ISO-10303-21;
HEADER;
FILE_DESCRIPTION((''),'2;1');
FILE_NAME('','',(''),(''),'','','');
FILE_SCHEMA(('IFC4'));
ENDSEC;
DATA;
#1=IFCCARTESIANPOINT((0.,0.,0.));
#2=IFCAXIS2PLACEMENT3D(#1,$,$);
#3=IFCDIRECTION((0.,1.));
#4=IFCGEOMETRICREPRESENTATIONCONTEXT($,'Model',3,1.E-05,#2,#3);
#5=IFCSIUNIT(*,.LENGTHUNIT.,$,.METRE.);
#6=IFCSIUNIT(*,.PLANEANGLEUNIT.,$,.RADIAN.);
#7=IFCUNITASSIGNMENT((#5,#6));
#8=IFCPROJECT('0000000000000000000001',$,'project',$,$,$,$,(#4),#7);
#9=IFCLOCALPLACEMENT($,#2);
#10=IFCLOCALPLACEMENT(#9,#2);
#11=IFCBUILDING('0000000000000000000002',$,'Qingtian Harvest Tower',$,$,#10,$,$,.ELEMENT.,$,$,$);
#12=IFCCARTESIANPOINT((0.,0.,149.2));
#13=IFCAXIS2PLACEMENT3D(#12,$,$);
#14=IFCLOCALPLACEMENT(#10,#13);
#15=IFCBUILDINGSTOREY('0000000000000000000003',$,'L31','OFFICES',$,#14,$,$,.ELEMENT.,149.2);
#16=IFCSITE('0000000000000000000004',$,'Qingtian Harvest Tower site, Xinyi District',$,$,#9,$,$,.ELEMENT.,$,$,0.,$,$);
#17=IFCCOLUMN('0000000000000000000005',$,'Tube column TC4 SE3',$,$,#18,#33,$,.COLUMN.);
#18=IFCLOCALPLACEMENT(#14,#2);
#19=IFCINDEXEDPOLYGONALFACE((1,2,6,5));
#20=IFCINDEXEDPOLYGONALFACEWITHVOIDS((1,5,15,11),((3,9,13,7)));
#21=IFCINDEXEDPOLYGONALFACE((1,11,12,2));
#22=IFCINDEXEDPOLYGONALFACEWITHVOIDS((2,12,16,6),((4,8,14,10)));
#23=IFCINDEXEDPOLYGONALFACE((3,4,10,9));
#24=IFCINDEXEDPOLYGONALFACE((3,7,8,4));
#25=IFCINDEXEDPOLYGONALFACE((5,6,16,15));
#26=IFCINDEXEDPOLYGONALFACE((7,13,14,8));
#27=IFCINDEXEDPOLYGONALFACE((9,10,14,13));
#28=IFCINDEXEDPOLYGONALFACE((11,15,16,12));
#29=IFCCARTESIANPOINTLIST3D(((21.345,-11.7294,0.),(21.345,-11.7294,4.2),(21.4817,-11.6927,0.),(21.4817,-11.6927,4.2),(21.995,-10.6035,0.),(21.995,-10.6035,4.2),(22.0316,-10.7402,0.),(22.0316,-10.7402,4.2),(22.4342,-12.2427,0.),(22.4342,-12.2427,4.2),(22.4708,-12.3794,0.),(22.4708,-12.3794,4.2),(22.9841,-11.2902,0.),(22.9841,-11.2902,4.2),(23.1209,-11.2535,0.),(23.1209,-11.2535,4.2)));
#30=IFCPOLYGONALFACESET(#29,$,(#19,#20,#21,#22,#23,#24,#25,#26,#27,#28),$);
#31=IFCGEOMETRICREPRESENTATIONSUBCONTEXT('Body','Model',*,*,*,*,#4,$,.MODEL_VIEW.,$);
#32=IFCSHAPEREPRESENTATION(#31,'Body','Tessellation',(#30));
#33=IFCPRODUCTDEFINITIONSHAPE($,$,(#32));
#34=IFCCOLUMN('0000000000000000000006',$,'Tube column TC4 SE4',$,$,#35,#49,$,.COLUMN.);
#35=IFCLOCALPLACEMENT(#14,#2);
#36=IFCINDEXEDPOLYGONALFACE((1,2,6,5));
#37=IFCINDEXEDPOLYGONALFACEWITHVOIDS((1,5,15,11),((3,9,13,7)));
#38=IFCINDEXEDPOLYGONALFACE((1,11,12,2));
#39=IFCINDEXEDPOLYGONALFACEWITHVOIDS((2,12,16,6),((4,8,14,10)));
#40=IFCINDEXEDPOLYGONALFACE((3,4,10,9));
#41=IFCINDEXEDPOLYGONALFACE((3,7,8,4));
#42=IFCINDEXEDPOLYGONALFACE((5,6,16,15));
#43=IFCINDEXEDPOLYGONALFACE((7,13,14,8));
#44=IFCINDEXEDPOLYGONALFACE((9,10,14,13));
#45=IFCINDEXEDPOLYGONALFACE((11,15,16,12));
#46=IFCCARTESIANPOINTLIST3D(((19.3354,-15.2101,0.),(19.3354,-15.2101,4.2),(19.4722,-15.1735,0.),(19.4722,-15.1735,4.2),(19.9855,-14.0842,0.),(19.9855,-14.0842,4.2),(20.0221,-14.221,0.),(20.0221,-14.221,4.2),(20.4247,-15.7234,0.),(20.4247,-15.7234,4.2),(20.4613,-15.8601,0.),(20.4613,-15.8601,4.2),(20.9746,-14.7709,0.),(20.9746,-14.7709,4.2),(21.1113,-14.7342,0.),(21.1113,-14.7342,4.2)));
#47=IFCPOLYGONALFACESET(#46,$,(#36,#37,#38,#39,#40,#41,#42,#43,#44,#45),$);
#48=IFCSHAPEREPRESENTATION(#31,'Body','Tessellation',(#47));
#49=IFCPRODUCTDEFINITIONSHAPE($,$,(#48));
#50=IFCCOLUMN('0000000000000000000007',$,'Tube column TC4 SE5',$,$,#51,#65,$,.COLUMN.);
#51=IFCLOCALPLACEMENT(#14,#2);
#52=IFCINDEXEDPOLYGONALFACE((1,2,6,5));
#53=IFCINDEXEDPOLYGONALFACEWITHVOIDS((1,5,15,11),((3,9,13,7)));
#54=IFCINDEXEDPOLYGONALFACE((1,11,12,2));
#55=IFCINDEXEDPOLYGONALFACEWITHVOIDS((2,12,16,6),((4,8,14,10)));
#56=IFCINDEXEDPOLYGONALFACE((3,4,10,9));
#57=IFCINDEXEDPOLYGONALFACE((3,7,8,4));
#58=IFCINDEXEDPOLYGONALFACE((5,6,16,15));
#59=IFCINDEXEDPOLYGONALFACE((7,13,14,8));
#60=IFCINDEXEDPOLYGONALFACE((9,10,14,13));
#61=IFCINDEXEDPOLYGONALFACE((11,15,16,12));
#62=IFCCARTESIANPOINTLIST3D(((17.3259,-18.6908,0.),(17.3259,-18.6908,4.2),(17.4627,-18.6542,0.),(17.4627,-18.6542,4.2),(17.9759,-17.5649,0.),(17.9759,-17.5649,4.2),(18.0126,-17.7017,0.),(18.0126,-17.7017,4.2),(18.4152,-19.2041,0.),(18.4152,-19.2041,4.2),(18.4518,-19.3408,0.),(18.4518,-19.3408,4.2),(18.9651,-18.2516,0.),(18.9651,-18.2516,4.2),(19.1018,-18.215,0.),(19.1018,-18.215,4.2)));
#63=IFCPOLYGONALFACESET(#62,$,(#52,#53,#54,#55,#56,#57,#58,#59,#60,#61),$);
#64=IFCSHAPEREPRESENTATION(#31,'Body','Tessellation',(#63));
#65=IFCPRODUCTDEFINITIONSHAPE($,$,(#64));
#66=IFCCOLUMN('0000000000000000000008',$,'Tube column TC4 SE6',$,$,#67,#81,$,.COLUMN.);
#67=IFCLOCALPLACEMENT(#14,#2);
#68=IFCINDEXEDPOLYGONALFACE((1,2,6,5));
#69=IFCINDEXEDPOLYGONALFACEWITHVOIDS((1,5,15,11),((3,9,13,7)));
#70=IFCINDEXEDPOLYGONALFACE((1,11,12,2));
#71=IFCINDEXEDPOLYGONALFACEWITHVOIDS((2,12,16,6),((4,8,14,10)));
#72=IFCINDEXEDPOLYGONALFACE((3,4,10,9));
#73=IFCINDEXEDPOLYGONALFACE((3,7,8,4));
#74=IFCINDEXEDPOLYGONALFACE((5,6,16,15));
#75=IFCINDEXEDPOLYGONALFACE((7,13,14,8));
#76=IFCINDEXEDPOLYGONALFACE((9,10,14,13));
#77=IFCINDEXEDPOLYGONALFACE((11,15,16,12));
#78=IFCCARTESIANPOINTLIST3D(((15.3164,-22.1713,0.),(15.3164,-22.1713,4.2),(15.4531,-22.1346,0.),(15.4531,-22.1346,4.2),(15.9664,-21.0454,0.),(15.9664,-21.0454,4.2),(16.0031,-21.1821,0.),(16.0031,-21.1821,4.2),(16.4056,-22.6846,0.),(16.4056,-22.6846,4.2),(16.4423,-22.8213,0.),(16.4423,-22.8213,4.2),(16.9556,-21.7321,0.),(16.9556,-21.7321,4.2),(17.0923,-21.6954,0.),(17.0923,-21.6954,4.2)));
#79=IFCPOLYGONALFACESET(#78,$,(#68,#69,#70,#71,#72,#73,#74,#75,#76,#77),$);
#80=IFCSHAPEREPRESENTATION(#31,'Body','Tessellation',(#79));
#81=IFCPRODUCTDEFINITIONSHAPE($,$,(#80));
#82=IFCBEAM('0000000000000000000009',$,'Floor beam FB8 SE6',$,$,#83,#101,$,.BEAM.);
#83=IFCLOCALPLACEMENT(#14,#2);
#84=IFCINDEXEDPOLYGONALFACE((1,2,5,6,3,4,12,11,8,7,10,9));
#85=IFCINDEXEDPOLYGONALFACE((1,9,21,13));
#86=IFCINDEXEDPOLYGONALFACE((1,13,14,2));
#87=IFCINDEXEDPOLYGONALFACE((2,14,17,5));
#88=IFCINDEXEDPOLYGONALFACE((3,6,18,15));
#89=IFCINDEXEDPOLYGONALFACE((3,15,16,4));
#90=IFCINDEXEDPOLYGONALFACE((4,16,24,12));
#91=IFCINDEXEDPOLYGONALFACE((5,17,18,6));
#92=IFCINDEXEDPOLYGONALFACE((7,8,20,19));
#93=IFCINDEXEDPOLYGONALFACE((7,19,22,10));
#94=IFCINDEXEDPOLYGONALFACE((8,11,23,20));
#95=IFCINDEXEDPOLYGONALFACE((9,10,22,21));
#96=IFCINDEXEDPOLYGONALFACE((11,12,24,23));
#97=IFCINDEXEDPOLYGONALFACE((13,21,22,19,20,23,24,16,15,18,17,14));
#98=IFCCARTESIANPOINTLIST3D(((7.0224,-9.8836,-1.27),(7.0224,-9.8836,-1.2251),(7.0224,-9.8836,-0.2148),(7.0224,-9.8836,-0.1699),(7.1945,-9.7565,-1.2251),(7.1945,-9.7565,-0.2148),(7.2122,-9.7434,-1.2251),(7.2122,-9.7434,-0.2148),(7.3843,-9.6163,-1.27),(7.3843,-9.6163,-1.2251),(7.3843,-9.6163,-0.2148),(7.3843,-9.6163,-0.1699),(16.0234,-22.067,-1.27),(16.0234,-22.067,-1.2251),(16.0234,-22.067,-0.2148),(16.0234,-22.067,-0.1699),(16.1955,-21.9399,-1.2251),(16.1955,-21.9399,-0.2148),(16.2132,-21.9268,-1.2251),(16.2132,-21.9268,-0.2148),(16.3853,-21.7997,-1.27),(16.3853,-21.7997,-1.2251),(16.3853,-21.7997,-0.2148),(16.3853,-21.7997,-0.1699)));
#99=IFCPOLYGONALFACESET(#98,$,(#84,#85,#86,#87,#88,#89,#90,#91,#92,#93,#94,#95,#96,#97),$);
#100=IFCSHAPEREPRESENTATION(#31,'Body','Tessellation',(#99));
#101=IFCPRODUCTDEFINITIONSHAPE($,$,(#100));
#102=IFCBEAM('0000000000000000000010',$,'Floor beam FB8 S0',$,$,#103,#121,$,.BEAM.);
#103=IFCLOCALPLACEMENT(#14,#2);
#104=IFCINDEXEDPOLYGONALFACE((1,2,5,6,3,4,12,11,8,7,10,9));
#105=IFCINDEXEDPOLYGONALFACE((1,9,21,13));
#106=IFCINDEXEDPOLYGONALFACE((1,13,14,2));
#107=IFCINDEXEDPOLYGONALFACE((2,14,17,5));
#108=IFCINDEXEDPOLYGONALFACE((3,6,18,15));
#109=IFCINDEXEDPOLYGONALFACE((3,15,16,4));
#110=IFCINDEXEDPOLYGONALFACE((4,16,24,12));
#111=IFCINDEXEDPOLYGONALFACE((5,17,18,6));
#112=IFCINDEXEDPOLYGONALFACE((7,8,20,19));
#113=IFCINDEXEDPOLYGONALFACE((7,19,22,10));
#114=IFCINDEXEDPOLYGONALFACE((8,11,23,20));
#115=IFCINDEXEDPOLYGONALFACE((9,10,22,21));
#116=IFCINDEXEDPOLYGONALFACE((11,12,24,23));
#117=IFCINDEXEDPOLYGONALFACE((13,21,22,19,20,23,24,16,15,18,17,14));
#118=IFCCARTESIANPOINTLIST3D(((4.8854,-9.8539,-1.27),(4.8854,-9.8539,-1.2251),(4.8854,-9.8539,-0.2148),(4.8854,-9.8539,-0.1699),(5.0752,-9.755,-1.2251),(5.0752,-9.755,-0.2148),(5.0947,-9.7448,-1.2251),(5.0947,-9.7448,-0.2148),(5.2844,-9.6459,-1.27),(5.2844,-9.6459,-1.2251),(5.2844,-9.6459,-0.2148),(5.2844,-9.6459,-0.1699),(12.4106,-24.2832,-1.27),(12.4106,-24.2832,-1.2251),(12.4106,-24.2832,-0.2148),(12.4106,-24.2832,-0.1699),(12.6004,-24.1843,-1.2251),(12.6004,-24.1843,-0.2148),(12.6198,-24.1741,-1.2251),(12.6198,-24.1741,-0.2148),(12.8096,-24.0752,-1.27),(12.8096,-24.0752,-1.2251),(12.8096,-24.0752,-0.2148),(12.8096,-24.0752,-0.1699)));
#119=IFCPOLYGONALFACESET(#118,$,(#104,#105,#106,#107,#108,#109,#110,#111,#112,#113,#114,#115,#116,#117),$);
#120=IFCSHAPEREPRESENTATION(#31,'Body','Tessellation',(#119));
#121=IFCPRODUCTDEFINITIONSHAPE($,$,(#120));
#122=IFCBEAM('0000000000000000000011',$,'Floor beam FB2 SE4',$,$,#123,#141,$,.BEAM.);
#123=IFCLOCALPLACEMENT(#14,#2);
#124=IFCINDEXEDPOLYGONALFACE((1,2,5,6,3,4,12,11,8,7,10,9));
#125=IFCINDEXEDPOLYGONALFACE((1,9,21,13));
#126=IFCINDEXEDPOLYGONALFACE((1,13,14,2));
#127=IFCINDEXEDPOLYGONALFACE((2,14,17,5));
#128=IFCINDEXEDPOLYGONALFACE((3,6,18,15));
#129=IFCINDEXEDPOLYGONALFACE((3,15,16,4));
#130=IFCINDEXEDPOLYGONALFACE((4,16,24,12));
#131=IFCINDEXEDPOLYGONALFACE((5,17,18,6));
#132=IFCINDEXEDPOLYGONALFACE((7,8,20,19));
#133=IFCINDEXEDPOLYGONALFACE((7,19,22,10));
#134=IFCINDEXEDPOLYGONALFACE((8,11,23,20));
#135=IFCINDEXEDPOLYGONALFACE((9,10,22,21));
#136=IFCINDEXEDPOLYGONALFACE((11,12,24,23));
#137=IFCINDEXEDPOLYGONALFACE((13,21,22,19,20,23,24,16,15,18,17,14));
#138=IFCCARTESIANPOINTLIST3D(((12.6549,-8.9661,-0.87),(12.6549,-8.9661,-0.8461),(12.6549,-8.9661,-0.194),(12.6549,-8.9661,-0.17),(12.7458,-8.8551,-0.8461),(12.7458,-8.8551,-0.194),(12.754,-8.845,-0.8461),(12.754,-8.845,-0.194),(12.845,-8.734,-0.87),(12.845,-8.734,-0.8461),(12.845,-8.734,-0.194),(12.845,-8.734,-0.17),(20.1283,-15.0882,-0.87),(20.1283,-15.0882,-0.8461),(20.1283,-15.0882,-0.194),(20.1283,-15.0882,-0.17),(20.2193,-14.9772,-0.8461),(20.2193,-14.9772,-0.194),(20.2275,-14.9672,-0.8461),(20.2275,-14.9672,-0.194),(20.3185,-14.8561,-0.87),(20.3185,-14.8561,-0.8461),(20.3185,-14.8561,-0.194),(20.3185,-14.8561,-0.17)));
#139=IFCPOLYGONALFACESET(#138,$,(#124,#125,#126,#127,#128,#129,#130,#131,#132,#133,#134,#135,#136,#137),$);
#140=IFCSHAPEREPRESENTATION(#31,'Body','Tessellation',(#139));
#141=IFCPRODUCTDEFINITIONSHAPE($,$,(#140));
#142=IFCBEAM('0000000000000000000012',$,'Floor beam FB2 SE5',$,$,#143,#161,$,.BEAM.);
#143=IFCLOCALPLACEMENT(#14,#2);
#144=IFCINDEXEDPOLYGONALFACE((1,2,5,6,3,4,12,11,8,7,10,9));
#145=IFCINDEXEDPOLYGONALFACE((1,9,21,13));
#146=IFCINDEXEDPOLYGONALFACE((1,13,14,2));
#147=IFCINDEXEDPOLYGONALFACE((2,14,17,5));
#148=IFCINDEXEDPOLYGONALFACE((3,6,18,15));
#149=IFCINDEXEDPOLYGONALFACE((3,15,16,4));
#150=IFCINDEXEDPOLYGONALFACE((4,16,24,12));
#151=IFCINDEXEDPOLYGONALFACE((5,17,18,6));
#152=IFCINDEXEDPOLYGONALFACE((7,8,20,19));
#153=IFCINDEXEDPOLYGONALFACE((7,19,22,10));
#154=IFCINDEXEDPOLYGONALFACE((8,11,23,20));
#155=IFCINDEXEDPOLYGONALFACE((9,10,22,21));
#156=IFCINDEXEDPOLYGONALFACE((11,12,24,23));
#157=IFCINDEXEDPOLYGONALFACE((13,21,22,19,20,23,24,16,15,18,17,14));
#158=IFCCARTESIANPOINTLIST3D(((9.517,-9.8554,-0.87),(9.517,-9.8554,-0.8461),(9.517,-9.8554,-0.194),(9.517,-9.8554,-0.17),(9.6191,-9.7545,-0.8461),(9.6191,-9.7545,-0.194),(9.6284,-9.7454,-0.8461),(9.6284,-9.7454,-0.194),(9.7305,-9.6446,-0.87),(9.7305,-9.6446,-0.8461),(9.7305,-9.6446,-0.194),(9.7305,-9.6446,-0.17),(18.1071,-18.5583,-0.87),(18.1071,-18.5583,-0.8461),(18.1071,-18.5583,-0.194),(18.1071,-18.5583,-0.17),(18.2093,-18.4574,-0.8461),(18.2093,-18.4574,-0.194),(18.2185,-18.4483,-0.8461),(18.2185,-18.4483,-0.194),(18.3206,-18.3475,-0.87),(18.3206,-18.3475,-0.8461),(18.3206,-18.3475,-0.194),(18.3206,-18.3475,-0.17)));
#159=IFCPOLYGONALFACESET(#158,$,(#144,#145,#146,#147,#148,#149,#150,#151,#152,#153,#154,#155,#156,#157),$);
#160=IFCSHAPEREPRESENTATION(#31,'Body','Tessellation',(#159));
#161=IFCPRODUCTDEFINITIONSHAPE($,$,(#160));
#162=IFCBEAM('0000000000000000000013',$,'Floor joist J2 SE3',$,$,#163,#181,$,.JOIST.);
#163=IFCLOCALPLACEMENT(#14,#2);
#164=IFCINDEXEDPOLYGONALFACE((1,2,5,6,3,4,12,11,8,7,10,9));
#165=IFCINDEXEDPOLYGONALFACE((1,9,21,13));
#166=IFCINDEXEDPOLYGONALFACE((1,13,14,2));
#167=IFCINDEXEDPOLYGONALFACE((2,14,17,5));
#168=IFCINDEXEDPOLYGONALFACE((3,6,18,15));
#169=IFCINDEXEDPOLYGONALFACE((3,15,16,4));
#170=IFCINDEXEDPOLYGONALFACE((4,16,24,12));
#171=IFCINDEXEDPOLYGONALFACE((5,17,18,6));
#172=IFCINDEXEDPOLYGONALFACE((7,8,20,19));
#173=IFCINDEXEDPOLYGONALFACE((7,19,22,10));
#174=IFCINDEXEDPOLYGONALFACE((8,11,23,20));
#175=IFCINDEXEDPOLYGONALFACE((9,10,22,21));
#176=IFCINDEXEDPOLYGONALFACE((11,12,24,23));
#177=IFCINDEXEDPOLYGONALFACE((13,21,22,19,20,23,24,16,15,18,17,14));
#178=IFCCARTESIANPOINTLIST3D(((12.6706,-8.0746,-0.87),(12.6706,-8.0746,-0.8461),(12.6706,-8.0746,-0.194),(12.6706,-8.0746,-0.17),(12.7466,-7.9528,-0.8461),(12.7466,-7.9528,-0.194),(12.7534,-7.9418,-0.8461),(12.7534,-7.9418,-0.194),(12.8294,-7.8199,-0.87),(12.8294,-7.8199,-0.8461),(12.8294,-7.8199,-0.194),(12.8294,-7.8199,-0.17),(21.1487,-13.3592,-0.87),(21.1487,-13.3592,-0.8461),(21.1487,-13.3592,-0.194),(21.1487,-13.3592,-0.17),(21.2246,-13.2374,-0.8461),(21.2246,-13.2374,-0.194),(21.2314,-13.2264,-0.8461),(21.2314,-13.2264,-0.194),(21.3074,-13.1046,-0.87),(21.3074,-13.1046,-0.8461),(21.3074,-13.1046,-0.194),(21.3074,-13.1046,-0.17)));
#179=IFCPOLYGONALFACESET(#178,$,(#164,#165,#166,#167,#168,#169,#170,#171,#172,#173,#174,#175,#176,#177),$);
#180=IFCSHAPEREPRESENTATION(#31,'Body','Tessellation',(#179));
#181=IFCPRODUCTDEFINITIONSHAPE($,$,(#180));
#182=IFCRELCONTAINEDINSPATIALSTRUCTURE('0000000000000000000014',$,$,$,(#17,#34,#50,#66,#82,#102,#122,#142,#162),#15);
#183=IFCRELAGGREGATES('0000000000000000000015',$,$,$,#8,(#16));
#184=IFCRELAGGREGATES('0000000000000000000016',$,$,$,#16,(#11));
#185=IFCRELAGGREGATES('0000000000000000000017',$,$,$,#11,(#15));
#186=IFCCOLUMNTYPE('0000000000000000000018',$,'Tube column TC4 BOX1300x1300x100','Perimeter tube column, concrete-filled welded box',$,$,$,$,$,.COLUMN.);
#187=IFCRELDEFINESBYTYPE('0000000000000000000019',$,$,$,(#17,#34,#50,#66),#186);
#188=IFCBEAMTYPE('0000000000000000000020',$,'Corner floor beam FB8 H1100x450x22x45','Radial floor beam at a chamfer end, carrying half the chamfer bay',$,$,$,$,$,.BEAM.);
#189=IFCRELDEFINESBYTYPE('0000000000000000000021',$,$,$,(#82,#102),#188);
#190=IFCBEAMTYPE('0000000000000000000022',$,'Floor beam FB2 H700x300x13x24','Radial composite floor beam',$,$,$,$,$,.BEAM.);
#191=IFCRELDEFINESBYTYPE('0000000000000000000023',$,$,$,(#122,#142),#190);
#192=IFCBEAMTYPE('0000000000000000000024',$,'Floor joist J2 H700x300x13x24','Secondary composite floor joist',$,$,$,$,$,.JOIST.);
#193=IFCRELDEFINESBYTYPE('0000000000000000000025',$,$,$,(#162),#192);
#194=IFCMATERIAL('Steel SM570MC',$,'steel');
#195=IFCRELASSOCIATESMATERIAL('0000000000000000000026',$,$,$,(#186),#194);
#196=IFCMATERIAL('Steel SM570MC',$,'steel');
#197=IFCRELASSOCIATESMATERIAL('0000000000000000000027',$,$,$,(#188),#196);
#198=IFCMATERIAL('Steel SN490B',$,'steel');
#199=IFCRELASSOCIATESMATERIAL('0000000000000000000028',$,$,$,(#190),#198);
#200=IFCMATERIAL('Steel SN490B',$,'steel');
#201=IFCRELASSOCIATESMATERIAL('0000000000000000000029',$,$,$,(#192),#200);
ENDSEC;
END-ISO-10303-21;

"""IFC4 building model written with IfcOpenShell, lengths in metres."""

from ifc_helpers import new_model, si_unit, direction, frame, origin, origin_2d, place, context, subcontext, project, spatial, hollow_rectangle, i_section, extrude, material, material_profile, profile_set, type_object, element, save


model = new_model("IFC4")

# Units and contexts
model_context = context("Model", 3, precision=1e-05, world=origin(), true_north=direction((0.0, 1.0)))
body_context = subcontext(model_context, "Body", "Model", "MODEL_VIEW")
ifc_project = project(units=[si_unit("LENGTHUNIT", "METRE"), si_unit("PLANEANGLEUNIT", "RADIAN")], contexts=[model_context])

# Site, building, storey
site_placement = place(None, origin())
site = spatial("IfcSite", under=ifc_project, at=site_placement, Name="Qingtian Harvest Tower site, Xinyi District", CompositionType="ELEMENT", RefElevation=0.0)
building_placement = place(site_placement, origin())
building = spatial("IfcBuilding", under=site, at=building_placement, Name="Qingtian Harvest Tower", CompositionType="ELEMENT")
storey_placement = place(building_placement, frame((0.0, 0.0, 149.2)))
storey = spatial("IfcBuildingStorey", under=building, at=storey_placement, Name="L31", Description="OFFICES", CompositionType="ELEMENT", Elevation=149.2)

# Columns
ifc_material_1 = material(Name="Steel SM570MC", Category="steel")
ifc_material_profile_1 = material_profile(ifc_material_1, hollow_rectangle(XDim=1.3, YDim=1.3, WallThickness=0.1001, at=origin_2d()), Name="BOX1300x1300x100")
ifc_profile_set_1 = profile_set([ifc_material_profile_1], Name="Steel SM570MC")
column_type = type_object("IfcColumnType", Name="Tube column TC4 BOX1300x1300x100", Description="Perimeter tube column, concrete-filled welded box", PredefinedType="COLUMN", material=ifc_profile_set_1)
for number, where, z_axis, x_axis, name in (
    (1, (22.2329, -11.4915, 0.0), (0.0, 0.0, 1.0), (0.5, 0.866025, 0.0), "Tube column TC4 SE3"),
    (2, (20.2234, -14.9722, 0.0), (0.0, 0.0, 1.0), (0.5, 0.866025, 0.0), "Tube column TC4 SE4"),
    (3, (18.2139, -18.4529, 0.0), (0.0, 0.0, 1.0), (0.5, 0.866025, 0.0), "Tube column TC4 SE5"),
    (4, (16.2043, -21.9333, 0.0), (0.0, 0.0, 1.0), (0.5, 0.866025, 0.0), "Tube column TC4 SE6"),
):
    element("IfcColumn", number, at=place(storey_placement, frame(where, z_axis=z_axis, x_axis=x_axis)), inside=storey, type_object=column_type, Name=name, PredefinedType="COLUMN", context=body_context, shape_type="SweptSolid", body=[
        extrude(hollow_rectangle(XDim=1.3, YDim=1.3, WallThickness=0.1001, at=origin_2d()), origin(), (0.0, 0.0, 1.0), 4.2),
    ])

# Beams
ifc_material_2 = material(Name="Steel SM570MC", Category="steel")
ifc_material_profile_2 = material_profile(ifc_material_2, i_section(OverallWidth=0.45, OverallDepth=1.1001, WebThickness=0.022, FlangeThickness=0.0449, at=origin_2d()), Name="H1100x450x22x45")
ifc_profile_set_2 = profile_set([ifc_material_profile_2], Name="Steel SM570MC")
beam_type_1 = type_object("IfcBeamType", Name="Corner floor beam FB8 H1100x450x22x45", Description="Radial floor beam at a chamfer end, carrying half the chamfer bay", PredefinedType="BEAM", material=ifc_profile_set_2)
beam_1_placement = place(storey_placement, frame((16.2043, -21.9333, -0.72), z_axis=(-0.594216, 0.804306, 0.0), x_axis=(-0.804306, -0.594216, 0.0)))
element("IfcBeam", 5, at=beam_1_placement, inside=storey, type_object=beam_type_1, Name="Floor beam FB8 SE6", PredefinedType="BEAM", context=body_context, shape_type="SweptSolid", body=[
    extrude(i_section(OverallWidth=0.45, OverallDepth=1.1001, WebThickness=0.022, FlangeThickness=0.0449, at=origin_2d()), origin(), (0.0, 0.0, 1.0), 15.1477),
])
beam_2_placement = place(storey_placement, frame((12.6101, -24.1792, -0.72), z_axis=(-0.462415, 0.886664, 0.0), x_axis=(-0.886664, -0.462415, 0.0)))
element("IfcBeam", 6, at=beam_2_placement, inside=storey, type_object=beam_type_1, Name="Floor beam FB8 S0", PredefinedType="BEAM", context=body_context, shape_type="SweptSolid", body=[
    extrude(i_section(OverallWidth=0.45, OverallDepth=1.1001, WebThickness=0.022, FlangeThickness=0.0449, at=origin_2d()), origin(), (0.0, 0.0, 1.0), 16.2737),
])
ifc_material_3 = material(Name="Steel SN490B", Category="steel")
ifc_material_profile_3 = material_profile(ifc_material_3, i_section(OverallWidth=0.3, OverallDepth=0.7, WebThickness=0.0129, FlangeThickness=0.0239, at=origin_2d()), Name="H700x300x13x24")
ifc_profile_set_3 = profile_set([ifc_material_profile_3], Name="Steel SN490B")
beam_type_2 = type_object("IfcBeamType", Name="Floor beam FB2 H700x300x13x24", Description="Radial composite floor beam", PredefinedType="BEAM", material=ifc_profile_set_3)
beam_3_placement = place(storey_placement, frame((20.2234, -14.9722, -0.52), z_axis=(-0.773578, 0.633701, 0.0), x_axis=(-0.633701, -0.773578, 0.0)))
element("IfcBeam", 7, at=beam_3_placement, inside=storey, type_object=beam_type_2, Name="Floor beam FB2 SE4", PredefinedType="BEAM", context=body_context, shape_type="SweptSolid", body=[
    extrude(i_section(OverallWidth=0.3, OverallDepth=0.7, WebThickness=0.0129, FlangeThickness=0.0239, at=origin_2d()), origin(), (0.0, 0.0, 1.0), 9.6609),
])
beam_4_placement = place(storey_placement, frame((18.2139, -18.4529, -0.52), z_axis=(-0.70248, 0.711704, 0.0), x_axis=(-0.711704, -0.70248, 0.0)))
element("IfcBeam", 8, at=beam_4_placement, inside=storey, type_object=beam_type_2, Name="Floor beam FB2 SE5", PredefinedType="BEAM", context=body_context, shape_type="SweptSolid", body=[
    extrude(i_section(OverallWidth=0.3, OverallDepth=0.7, WebThickness=0.0129, FlangeThickness=0.0239, at=origin_2d()), origin(), (0.0, 0.0, 1.0), 12.2283),
])
ifc_material_4 = material(Name="Steel SN490B", Category="steel")
ifc_material_profile_4 = material_profile(ifc_material_4, i_section(OverallWidth=0.3, OverallDepth=0.7, WebThickness=0.0129, FlangeThickness=0.0239, at=origin_2d()), Name="H700x300x13x24")
ifc_profile_set_4 = profile_set([ifc_material_profile_4], Name="Steel SN490B")
beam_type_3 = type_object("IfcBeamType", Name="Floor joist J2 H700x300x13x24", Description="Secondary composite floor joist", PredefinedType="JOIST", material=ifc_profile_set_4)
beam_5_placement = place(storey_placement, frame((21.228, -13.2319, -0.52), z_axis=(-0.848632, 0.528984, 0.0), x_axis=(-0.528984, -0.848632, 0.0)))
element("IfcBeam", 9, at=beam_5_placement, inside=storey, type_object=beam_type_3, Name="Floor joist J2 SE3", PredefinedType="JOIST", context=body_context, shape_type="SweptSolid", body=[
    extrude(i_section(OverallWidth=0.3, OverallDepth=0.7, WebThickness=0.0129, FlangeThickness=0.0239, at=origin_2d()), origin(), (0.0, 0.0, 1.0), 9.9902),
])

save(model, "model.ifc")
